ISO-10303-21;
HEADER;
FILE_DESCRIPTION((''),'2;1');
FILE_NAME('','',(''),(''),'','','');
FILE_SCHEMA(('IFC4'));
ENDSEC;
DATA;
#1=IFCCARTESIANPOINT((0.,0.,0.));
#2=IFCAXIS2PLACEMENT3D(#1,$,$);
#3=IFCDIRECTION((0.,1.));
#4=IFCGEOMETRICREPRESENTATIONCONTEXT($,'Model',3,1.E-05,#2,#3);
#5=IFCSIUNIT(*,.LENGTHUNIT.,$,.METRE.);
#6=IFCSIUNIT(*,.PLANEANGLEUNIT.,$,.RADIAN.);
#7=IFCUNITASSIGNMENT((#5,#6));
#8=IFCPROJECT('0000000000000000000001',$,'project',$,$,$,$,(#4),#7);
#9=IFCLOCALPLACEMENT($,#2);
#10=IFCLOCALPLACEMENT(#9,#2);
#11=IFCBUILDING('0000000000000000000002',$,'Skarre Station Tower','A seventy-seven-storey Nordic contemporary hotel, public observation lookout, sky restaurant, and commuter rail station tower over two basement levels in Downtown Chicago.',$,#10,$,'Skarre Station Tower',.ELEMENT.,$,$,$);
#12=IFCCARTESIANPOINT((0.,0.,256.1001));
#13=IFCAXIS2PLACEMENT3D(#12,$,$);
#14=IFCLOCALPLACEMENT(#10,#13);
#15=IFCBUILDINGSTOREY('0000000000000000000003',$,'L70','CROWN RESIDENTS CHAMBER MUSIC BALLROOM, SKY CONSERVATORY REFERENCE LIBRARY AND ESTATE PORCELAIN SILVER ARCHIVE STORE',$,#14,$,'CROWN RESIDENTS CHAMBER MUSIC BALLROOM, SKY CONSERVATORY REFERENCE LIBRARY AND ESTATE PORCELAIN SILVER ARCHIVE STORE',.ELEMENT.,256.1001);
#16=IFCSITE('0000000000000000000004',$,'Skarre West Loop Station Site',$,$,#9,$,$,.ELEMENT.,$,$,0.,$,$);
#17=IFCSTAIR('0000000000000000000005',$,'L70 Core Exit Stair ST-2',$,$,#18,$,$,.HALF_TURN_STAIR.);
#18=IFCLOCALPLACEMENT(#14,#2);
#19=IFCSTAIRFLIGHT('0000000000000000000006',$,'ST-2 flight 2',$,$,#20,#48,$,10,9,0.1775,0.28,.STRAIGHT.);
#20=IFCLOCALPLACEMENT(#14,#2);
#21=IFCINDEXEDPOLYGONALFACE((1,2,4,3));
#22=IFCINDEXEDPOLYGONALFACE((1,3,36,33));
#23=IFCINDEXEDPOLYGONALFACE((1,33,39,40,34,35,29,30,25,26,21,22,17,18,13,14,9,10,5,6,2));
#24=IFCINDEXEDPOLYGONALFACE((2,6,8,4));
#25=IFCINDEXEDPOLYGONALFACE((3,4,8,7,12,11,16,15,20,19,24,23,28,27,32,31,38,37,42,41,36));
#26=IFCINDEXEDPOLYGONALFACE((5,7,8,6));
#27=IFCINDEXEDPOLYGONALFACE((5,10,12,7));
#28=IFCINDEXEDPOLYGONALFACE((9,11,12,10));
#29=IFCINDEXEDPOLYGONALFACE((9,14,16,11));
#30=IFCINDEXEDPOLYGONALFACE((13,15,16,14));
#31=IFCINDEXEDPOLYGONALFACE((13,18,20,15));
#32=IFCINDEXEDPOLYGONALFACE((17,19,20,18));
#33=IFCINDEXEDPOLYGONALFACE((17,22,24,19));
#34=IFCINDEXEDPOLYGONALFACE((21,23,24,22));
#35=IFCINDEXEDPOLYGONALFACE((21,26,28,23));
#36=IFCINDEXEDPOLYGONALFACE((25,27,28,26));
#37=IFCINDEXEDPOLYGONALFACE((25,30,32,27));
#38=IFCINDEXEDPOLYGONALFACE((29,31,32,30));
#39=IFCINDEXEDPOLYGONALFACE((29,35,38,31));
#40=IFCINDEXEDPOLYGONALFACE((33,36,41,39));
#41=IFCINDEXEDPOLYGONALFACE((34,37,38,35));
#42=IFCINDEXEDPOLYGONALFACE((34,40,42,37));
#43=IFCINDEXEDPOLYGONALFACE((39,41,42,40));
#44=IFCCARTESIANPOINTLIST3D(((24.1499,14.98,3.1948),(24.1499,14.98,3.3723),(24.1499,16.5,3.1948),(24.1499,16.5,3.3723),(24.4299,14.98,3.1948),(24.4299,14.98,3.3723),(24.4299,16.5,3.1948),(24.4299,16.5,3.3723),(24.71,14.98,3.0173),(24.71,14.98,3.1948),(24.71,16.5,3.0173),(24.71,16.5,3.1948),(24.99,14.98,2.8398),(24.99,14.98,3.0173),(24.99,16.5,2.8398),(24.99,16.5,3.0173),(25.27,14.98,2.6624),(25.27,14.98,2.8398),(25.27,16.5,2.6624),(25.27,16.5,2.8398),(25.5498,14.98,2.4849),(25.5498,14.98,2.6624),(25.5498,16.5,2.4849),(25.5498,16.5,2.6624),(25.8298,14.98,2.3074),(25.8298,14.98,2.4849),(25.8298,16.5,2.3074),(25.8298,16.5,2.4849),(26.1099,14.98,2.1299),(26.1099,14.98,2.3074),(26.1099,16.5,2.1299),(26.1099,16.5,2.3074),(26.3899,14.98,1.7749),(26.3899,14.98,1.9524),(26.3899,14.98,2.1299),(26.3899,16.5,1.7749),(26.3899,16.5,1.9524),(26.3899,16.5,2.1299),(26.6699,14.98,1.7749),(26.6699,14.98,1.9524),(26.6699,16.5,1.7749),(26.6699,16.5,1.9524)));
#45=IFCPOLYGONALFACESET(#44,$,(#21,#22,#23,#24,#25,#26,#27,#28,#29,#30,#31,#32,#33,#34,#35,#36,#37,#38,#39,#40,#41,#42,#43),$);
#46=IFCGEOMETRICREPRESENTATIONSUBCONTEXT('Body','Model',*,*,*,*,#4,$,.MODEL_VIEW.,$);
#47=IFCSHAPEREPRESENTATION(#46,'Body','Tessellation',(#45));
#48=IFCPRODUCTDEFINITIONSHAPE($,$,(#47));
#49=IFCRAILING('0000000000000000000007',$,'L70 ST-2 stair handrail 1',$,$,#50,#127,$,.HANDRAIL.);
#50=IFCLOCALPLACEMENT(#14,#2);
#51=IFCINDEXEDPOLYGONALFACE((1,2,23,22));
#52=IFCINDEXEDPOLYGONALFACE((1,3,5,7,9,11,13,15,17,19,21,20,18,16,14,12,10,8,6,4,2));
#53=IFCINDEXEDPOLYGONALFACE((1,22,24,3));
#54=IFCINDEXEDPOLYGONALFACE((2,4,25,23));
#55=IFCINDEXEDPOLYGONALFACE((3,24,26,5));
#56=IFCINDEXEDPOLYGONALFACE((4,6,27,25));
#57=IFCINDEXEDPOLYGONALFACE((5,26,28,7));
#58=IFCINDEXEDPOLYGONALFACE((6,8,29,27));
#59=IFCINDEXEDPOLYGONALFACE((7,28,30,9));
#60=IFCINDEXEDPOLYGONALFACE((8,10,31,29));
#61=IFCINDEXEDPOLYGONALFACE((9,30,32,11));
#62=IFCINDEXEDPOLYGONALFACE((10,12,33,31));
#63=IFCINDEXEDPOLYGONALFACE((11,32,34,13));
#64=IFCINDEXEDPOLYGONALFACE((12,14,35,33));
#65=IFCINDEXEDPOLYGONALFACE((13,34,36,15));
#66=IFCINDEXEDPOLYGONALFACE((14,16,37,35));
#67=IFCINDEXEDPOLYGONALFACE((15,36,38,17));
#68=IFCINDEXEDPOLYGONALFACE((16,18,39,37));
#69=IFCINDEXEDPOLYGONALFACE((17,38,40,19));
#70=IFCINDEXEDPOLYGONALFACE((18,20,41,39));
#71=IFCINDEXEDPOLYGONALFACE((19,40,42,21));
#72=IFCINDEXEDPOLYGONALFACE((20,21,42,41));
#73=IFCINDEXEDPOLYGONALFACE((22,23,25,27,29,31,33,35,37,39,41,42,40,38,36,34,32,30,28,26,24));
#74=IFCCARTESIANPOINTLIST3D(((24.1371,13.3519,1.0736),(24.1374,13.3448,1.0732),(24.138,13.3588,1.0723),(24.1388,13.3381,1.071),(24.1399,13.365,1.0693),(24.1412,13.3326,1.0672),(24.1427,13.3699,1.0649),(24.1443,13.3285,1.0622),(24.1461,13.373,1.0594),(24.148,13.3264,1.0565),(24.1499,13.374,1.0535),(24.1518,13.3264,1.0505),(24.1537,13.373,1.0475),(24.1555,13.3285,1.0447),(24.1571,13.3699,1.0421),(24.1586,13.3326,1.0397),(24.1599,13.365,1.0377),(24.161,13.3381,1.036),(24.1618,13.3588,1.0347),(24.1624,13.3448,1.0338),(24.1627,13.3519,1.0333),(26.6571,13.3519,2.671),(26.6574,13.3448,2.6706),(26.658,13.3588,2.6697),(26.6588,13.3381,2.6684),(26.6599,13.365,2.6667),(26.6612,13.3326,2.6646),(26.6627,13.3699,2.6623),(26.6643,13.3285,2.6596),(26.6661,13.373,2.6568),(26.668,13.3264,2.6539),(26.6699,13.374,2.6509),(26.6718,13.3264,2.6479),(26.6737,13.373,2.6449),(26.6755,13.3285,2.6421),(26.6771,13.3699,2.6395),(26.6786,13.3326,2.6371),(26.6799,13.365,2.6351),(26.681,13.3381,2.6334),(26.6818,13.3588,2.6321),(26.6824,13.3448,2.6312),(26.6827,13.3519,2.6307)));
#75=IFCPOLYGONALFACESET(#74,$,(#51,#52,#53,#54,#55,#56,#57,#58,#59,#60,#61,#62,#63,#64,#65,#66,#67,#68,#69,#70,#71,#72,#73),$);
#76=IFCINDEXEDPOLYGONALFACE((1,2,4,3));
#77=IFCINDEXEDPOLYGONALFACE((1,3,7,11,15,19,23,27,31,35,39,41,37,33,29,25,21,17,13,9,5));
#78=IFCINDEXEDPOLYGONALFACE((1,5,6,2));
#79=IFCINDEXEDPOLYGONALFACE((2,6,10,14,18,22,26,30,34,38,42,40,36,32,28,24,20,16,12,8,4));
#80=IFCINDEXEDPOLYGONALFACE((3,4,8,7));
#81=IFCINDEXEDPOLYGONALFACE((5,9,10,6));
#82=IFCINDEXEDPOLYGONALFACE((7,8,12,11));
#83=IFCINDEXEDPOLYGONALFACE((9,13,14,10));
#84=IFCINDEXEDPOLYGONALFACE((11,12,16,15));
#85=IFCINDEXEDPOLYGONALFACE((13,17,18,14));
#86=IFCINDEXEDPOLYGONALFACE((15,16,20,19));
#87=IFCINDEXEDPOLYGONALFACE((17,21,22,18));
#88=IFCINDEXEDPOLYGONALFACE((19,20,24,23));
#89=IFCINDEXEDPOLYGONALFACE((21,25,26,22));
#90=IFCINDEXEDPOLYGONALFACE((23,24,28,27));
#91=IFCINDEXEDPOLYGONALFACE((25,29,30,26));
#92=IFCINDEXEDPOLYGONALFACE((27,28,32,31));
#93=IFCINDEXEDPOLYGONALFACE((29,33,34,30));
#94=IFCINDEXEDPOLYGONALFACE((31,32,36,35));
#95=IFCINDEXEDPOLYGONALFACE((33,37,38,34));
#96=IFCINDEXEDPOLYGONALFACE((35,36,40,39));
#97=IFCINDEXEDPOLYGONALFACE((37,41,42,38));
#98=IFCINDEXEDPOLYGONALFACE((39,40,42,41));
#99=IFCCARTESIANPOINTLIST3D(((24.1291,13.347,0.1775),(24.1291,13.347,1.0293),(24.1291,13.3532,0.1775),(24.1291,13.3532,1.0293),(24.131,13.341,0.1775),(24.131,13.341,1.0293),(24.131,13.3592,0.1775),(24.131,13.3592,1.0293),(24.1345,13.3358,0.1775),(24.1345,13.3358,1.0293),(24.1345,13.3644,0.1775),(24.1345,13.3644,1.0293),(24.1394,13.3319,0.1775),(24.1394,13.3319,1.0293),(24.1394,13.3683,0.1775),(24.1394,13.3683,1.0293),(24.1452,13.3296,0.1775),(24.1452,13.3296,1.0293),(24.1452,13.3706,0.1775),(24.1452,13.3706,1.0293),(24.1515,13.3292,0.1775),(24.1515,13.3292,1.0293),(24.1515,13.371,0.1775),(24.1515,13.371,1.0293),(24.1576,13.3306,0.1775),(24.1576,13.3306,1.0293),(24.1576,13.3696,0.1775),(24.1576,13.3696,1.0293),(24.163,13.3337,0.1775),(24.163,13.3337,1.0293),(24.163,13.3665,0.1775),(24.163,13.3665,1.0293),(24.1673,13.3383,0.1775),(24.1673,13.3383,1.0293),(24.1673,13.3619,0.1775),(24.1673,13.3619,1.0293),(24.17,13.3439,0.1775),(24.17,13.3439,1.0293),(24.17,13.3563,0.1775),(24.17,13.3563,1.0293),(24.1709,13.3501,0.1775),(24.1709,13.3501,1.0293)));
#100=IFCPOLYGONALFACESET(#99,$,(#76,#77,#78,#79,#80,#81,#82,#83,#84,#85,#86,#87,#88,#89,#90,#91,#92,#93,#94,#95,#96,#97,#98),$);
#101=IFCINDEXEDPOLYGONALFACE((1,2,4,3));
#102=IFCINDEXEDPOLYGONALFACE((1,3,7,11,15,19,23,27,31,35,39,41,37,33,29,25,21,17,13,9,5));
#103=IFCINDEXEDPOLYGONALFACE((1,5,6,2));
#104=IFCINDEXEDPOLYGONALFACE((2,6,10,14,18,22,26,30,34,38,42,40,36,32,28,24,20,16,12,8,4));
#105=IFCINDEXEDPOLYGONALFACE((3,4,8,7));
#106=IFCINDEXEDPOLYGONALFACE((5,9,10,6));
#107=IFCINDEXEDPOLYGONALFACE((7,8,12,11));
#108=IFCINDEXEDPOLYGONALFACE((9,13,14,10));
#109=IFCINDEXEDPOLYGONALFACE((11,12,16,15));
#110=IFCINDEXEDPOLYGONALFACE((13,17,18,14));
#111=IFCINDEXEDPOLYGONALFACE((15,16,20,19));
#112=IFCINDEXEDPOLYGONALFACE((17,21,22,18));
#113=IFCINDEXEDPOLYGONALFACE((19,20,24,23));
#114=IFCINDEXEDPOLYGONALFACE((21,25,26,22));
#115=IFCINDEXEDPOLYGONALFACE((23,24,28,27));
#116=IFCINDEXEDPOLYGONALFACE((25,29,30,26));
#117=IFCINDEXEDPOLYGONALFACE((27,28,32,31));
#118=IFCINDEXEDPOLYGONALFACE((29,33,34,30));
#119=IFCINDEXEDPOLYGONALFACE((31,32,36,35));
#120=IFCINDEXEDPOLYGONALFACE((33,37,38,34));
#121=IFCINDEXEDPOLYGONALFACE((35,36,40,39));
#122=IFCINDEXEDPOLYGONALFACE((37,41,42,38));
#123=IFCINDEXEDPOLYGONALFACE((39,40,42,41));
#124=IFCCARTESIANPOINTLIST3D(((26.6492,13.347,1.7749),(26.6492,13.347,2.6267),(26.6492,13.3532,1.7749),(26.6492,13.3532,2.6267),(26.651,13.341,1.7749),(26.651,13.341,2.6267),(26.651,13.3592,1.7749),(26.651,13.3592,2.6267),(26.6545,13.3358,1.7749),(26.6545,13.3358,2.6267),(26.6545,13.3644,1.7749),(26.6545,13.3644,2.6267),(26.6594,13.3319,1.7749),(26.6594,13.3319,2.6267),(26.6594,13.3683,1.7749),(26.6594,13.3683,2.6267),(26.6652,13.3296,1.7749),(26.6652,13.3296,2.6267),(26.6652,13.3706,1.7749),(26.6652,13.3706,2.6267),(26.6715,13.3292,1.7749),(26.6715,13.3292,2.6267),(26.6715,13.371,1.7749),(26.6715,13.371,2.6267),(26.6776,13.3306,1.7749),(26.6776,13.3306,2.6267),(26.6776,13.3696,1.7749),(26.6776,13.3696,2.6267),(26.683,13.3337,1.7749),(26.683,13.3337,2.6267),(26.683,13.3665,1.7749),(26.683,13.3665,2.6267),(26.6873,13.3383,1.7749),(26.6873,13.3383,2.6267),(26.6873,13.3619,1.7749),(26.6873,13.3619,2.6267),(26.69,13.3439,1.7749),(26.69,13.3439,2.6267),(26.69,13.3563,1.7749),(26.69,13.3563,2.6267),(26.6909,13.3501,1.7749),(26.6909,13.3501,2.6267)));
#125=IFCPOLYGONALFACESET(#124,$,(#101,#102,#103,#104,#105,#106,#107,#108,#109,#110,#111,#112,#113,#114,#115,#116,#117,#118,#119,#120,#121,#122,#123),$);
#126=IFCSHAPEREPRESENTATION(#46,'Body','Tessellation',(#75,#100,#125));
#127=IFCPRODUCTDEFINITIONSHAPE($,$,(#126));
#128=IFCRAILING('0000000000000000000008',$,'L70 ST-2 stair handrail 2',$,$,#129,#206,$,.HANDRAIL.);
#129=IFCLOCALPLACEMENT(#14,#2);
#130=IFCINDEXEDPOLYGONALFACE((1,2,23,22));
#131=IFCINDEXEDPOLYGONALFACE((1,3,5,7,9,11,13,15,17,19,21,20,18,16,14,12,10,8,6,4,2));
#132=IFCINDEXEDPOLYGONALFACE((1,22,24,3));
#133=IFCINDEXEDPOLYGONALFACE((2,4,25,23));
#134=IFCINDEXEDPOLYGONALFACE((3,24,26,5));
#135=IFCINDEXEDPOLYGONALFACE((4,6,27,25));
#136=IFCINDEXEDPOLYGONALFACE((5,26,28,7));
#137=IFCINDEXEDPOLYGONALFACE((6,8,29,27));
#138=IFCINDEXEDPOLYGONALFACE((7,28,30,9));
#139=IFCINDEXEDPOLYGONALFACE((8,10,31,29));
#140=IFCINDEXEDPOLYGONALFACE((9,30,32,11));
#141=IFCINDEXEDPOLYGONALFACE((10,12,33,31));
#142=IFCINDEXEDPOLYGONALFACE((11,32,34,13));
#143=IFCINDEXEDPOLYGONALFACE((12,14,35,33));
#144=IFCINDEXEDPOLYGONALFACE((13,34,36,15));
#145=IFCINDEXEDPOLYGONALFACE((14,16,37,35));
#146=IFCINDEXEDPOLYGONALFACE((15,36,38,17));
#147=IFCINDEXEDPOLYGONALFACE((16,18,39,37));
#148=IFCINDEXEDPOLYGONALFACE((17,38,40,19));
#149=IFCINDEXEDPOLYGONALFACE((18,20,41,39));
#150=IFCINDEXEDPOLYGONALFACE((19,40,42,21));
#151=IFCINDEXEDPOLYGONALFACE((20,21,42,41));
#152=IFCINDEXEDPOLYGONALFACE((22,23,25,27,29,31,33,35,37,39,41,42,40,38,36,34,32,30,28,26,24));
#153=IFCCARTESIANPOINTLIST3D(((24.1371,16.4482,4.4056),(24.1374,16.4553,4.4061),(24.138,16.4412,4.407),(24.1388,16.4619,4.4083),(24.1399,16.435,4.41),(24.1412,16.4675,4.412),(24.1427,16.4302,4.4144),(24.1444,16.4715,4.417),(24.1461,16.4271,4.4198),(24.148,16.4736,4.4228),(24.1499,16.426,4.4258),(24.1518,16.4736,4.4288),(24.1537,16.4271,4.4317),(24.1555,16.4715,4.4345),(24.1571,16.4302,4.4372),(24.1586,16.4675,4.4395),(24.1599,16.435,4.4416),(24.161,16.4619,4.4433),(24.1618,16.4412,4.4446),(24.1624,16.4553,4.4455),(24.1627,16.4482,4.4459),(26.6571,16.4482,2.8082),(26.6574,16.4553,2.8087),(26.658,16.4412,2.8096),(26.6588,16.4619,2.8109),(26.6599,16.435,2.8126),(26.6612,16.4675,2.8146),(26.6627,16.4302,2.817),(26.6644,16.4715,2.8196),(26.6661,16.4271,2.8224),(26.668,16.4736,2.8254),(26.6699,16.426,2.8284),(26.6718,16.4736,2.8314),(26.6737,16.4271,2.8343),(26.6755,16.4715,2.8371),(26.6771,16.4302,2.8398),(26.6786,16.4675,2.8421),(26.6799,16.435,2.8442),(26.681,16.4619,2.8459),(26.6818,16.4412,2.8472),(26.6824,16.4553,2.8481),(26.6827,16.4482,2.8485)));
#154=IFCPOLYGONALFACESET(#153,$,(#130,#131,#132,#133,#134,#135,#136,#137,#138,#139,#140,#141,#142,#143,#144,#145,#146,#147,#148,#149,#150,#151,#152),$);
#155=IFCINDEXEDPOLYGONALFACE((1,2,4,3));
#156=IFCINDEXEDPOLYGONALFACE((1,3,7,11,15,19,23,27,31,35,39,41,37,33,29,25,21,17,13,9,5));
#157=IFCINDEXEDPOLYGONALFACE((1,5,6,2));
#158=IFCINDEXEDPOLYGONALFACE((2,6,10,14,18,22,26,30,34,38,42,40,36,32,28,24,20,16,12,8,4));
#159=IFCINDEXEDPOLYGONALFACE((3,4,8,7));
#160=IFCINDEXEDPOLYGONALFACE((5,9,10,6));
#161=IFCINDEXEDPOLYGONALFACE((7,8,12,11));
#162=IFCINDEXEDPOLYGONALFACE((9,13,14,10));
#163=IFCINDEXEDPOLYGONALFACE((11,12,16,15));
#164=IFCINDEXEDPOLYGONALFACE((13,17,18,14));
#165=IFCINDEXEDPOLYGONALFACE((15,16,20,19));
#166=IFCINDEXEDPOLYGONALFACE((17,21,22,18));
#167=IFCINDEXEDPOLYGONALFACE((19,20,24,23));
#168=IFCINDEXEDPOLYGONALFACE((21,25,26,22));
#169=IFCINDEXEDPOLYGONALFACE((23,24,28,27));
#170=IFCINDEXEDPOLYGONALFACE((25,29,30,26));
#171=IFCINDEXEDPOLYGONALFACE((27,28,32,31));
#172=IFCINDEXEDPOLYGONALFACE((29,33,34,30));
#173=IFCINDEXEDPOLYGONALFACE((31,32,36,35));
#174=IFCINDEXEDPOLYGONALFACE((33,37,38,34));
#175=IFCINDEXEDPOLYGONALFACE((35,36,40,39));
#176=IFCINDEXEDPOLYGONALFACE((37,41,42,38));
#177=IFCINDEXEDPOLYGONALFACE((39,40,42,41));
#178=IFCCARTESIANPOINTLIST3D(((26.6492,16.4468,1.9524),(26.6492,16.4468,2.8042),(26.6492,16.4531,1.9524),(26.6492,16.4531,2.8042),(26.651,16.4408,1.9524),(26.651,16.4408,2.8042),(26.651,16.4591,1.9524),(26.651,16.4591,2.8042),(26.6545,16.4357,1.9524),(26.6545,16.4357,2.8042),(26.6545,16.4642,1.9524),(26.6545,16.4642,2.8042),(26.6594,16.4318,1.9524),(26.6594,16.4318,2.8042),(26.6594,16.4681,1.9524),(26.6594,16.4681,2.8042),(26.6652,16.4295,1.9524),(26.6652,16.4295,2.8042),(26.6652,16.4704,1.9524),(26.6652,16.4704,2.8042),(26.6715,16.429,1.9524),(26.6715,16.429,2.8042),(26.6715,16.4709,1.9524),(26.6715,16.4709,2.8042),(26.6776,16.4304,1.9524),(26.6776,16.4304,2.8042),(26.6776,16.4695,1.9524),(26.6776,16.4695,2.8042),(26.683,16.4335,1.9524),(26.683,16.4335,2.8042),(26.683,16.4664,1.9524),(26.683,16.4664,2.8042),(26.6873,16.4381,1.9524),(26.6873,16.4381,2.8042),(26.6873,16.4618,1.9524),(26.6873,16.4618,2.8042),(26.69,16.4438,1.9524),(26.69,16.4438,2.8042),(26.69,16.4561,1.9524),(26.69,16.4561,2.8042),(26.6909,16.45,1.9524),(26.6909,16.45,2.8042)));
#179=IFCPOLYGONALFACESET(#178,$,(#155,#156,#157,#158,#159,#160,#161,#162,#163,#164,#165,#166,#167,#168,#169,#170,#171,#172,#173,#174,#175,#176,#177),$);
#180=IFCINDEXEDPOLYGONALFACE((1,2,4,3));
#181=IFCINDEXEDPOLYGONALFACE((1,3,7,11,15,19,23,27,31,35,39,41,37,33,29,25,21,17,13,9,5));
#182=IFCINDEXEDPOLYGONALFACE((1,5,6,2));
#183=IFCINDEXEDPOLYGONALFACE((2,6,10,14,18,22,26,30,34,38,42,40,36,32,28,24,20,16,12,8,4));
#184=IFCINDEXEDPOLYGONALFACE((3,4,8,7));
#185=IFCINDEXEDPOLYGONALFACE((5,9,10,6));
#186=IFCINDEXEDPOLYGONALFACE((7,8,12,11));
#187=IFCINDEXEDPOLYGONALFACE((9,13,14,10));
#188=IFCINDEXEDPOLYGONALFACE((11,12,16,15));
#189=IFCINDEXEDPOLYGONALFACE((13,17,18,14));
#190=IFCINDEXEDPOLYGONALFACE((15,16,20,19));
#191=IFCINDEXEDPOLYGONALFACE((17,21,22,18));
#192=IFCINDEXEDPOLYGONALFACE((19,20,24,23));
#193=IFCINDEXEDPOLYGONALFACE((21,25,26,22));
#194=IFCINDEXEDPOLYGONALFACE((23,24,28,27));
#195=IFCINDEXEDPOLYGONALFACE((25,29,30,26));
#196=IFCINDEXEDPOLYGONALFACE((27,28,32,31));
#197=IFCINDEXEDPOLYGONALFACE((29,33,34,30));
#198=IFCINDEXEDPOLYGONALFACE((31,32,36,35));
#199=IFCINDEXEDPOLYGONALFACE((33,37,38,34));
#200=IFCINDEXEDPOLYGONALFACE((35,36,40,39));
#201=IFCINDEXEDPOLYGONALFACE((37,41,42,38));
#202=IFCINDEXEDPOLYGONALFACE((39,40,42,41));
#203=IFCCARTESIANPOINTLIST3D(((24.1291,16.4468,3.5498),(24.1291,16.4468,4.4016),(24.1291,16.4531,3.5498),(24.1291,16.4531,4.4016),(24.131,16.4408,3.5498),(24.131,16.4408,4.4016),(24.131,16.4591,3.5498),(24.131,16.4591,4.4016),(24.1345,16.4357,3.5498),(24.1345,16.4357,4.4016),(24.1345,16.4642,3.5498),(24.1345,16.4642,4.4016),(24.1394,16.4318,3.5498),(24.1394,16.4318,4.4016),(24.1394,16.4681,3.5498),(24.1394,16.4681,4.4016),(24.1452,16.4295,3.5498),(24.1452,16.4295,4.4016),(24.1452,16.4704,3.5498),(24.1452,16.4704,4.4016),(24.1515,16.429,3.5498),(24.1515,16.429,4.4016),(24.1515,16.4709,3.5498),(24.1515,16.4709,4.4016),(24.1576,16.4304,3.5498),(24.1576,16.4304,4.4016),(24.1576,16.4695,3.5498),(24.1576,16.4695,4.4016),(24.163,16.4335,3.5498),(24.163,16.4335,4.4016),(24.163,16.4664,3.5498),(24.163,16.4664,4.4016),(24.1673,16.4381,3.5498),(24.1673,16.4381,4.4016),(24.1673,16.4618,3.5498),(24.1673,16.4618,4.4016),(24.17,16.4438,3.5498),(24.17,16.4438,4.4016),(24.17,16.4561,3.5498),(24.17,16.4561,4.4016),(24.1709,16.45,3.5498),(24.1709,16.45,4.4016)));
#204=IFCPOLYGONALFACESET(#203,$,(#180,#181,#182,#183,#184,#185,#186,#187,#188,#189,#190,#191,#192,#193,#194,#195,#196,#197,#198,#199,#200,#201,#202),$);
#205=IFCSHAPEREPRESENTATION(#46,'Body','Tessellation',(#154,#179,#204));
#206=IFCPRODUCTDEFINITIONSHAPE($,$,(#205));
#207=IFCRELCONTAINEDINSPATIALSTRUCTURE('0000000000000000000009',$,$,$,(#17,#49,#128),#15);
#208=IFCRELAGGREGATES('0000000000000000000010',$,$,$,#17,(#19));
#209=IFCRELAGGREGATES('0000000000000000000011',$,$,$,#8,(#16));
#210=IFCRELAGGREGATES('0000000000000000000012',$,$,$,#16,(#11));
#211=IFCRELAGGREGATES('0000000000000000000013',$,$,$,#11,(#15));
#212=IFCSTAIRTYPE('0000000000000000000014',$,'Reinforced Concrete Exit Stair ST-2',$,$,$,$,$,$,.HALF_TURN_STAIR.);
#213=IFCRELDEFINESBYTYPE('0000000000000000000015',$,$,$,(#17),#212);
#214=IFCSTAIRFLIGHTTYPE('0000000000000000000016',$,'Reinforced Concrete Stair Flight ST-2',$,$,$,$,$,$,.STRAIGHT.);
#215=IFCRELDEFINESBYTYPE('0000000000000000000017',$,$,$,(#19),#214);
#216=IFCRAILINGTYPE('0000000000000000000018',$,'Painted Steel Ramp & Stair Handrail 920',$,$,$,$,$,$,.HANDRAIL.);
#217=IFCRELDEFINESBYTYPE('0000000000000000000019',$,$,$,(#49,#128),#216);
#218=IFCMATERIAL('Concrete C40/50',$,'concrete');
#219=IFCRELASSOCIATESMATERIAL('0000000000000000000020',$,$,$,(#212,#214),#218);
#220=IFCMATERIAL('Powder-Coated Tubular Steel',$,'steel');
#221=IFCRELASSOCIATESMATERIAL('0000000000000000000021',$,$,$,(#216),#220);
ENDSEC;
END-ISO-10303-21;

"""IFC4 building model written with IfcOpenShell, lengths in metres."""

from ifc_helpers import new_model, si_unit, direction, frame, origin, origin_2d, place, context, subcontext, project, spatial, polyline, circle, outline, extrude, material, type_object, element, aggregate, save


model = new_model("IFC4")

# Units and contexts
model_context = context("Model", 3, precision=1e-05, world=origin(), true_north=direction((0.0, 1.0)))
body_context = subcontext(model_context, "Body", "Model", "MODEL_VIEW")
ifc_project = project(units=[si_unit("LENGTHUNIT", "METRE"), si_unit("PLANEANGLEUNIT", "RADIAN")], contexts=[model_context])

# Site, building, storey
site_placement = place(None, origin())
site = spatial("IfcSite", under=ifc_project, at=site_placement, Name="Skarre West Loop Station Site", CompositionType="ELEMENT", RefElevation=0.0)
building_placement = place(site_placement, origin())
building = spatial("IfcBuilding", under=site, at=building_placement, Name="Skarre Station Tower", Description="A seventy-seven-storey Nordic contemporary hotel, public observation lookout, sky restaurant, and commuter rail station tower over two basement levels in Downtown Chicago.", LongName="Skarre Station Tower", CompositionType="ELEMENT")
storey_placement = place(building_placement, frame((0.0, 0.0, 256.1001)))
storey = spatial("IfcBuildingStorey", under=building, at=storey_placement, Name="L70", Description="CROWN RESIDENTS CHAMBER MUSIC BALLROOM, SKY CONSERVATORY REFERENCE LIBRARY AND ESTATE PORCELAIN SILVER ARCHIVE STORE", LongName="CROWN RESIDENTS CHAMBER MUSIC BALLROOM, SKY CONSERVATORY REFERENCE LIBRARY AND ESTATE PORCELAIN SILVER ARCHIVE STORE", CompositionType="ELEMENT", Elevation=256.1001)

# Stair, stair flight
ifc_material_1 = material(Name="Concrete C40/50", Category="concrete")
stair_type = type_object("IfcStairType", Name="Reinforced Concrete Exit Stair ST-2", PredefinedType="HALF_TURN_STAIR", material=ifc_material_1)
stair_placement = place(storey_placement, origin())
stair = element("IfcStair", 1, at=stair_placement, inside=storey, type_object=stair_type, Name="L70 Core Exit Stair ST-2", PredefinedType="HALF_TURN_STAIR")
stair_flight_type = type_object("IfcStairFlightType", Name="Reinforced Concrete Stair Flight ST-2", PredefinedType="STRAIGHT", material=ifc_material_1)
stair_flight_1_placement = place(storey_placement, frame((26.6699, 15.74, 1.7749), z_axis=(0.0, 0.0, 1.0), x_axis=(-1.0, 0.0, 0.0)))
stair_flight_1 = element("IfcStairFlight", 2, at=stair_flight_1_placement, type_object=stair_flight_type, Name="ST-2 flight 2", NumberOfRisers=10, NumberOfTreads=9, PredefinedType="STRAIGHT", RiserHeight=0.1775, TreadLength=0.28, context=body_context, shape_type="SweptSolid", body=[
    extrude(outline(polyline([(0.0, 0.0), (0.0, 0.1775), (0.28, 0.1775), (0.28, 0.355), (0.5601, 0.355), (0.5601, 0.5325), (0.8401, 0.5325), (0.8401, 0.71), (1.1201, 0.71), (1.1201, 0.8875), (1.3999, 0.8875), (1.3999, 1.0649), (1.6799, 1.0649), (1.6799, 1.2424), (1.96, 1.2424), (1.96, 1.4199), (2.24, 1.4199), (2.24, 1.5974), (2.52, 1.5974), (2.52, 1.7749), (2.52, 1.4199), (0.28, 0.0), (0.0, 0.0)])), frame((0.0, 0.76, 0.0), z_axis=(0.0, -1.0, 0.0), x_axis=(1.0, 0.0, 0.0)), (0.0, 0.0, 1.0), 1.52),
])
aggregate(stair, [stair_flight_1])

# Railings
ifc_material_2 = material(Name="Powder-Coated Tubular Steel", Category="steel")
railing_type_1 = type_object("IfcRailingType", Name="Painted Steel Ramp & Stair Handrail 920", PredefinedType="HANDRAIL", material=ifc_material_2)
railing_1_placement = place(storey_placement, frame((24.1499, 13.3501, 0.1775)))
element("IfcRailing", 3, at=railing_1_placement, inside=storey, type_object=railing_type_1, Name="L70 ST-2 stair handrail 1", PredefinedType="HANDRAIL", context=body_context, shape_type="SweptSolid", body=[
    extrude(circle(Radius=0.0239, at=origin_2d()), frame((0.0, 0.0, 0.876), z_axis=(0.844607, 0.0, 0.535387), x_axis=(0.0, 1.0, 0.0)), (0.0, 0.0, 1.0), 2.9836),
    extrude(circle(Radius=0.021, at=origin_2d()), origin(), (0.0, 0.0, 1.0), 0.8518),
    extrude(circle(Radius=0.021, at=origin_2d()), frame((2.52, 0.0, 1.5974)), (0.0, 0.0, 1.0), 0.8518),
])
railing_2_placement = place(storey_placement, frame((26.6699, 16.45, 1.9524)))
element("IfcRailing", 4, at=railing_2_placement, inside=storey, type_object=railing_type_1, Name="L70 ST-2 stair handrail 2", PredefinedType="HANDRAIL", context=body_context, shape_type="SweptSolid", body=[
    extrude(circle(Radius=0.0239, at=origin_2d()), frame((0.0, 0.0, 0.876), z_axis=(-0.844607, 0.0, 0.535387), x_axis=(0.0, -1.0, 0.0)), (0.0, 0.0, 1.0), 2.9836),
    extrude(circle(Radius=0.021, at=origin_2d()), origin(), (0.0, 0.0, 1.0), 0.8518),
    extrude(circle(Radius=0.021, at=origin_2d()), frame((-2.52, 0.0, 1.5974)), (0.0, 0.0, 1.0), 0.8518),
])

save(model, "model.ifc")
